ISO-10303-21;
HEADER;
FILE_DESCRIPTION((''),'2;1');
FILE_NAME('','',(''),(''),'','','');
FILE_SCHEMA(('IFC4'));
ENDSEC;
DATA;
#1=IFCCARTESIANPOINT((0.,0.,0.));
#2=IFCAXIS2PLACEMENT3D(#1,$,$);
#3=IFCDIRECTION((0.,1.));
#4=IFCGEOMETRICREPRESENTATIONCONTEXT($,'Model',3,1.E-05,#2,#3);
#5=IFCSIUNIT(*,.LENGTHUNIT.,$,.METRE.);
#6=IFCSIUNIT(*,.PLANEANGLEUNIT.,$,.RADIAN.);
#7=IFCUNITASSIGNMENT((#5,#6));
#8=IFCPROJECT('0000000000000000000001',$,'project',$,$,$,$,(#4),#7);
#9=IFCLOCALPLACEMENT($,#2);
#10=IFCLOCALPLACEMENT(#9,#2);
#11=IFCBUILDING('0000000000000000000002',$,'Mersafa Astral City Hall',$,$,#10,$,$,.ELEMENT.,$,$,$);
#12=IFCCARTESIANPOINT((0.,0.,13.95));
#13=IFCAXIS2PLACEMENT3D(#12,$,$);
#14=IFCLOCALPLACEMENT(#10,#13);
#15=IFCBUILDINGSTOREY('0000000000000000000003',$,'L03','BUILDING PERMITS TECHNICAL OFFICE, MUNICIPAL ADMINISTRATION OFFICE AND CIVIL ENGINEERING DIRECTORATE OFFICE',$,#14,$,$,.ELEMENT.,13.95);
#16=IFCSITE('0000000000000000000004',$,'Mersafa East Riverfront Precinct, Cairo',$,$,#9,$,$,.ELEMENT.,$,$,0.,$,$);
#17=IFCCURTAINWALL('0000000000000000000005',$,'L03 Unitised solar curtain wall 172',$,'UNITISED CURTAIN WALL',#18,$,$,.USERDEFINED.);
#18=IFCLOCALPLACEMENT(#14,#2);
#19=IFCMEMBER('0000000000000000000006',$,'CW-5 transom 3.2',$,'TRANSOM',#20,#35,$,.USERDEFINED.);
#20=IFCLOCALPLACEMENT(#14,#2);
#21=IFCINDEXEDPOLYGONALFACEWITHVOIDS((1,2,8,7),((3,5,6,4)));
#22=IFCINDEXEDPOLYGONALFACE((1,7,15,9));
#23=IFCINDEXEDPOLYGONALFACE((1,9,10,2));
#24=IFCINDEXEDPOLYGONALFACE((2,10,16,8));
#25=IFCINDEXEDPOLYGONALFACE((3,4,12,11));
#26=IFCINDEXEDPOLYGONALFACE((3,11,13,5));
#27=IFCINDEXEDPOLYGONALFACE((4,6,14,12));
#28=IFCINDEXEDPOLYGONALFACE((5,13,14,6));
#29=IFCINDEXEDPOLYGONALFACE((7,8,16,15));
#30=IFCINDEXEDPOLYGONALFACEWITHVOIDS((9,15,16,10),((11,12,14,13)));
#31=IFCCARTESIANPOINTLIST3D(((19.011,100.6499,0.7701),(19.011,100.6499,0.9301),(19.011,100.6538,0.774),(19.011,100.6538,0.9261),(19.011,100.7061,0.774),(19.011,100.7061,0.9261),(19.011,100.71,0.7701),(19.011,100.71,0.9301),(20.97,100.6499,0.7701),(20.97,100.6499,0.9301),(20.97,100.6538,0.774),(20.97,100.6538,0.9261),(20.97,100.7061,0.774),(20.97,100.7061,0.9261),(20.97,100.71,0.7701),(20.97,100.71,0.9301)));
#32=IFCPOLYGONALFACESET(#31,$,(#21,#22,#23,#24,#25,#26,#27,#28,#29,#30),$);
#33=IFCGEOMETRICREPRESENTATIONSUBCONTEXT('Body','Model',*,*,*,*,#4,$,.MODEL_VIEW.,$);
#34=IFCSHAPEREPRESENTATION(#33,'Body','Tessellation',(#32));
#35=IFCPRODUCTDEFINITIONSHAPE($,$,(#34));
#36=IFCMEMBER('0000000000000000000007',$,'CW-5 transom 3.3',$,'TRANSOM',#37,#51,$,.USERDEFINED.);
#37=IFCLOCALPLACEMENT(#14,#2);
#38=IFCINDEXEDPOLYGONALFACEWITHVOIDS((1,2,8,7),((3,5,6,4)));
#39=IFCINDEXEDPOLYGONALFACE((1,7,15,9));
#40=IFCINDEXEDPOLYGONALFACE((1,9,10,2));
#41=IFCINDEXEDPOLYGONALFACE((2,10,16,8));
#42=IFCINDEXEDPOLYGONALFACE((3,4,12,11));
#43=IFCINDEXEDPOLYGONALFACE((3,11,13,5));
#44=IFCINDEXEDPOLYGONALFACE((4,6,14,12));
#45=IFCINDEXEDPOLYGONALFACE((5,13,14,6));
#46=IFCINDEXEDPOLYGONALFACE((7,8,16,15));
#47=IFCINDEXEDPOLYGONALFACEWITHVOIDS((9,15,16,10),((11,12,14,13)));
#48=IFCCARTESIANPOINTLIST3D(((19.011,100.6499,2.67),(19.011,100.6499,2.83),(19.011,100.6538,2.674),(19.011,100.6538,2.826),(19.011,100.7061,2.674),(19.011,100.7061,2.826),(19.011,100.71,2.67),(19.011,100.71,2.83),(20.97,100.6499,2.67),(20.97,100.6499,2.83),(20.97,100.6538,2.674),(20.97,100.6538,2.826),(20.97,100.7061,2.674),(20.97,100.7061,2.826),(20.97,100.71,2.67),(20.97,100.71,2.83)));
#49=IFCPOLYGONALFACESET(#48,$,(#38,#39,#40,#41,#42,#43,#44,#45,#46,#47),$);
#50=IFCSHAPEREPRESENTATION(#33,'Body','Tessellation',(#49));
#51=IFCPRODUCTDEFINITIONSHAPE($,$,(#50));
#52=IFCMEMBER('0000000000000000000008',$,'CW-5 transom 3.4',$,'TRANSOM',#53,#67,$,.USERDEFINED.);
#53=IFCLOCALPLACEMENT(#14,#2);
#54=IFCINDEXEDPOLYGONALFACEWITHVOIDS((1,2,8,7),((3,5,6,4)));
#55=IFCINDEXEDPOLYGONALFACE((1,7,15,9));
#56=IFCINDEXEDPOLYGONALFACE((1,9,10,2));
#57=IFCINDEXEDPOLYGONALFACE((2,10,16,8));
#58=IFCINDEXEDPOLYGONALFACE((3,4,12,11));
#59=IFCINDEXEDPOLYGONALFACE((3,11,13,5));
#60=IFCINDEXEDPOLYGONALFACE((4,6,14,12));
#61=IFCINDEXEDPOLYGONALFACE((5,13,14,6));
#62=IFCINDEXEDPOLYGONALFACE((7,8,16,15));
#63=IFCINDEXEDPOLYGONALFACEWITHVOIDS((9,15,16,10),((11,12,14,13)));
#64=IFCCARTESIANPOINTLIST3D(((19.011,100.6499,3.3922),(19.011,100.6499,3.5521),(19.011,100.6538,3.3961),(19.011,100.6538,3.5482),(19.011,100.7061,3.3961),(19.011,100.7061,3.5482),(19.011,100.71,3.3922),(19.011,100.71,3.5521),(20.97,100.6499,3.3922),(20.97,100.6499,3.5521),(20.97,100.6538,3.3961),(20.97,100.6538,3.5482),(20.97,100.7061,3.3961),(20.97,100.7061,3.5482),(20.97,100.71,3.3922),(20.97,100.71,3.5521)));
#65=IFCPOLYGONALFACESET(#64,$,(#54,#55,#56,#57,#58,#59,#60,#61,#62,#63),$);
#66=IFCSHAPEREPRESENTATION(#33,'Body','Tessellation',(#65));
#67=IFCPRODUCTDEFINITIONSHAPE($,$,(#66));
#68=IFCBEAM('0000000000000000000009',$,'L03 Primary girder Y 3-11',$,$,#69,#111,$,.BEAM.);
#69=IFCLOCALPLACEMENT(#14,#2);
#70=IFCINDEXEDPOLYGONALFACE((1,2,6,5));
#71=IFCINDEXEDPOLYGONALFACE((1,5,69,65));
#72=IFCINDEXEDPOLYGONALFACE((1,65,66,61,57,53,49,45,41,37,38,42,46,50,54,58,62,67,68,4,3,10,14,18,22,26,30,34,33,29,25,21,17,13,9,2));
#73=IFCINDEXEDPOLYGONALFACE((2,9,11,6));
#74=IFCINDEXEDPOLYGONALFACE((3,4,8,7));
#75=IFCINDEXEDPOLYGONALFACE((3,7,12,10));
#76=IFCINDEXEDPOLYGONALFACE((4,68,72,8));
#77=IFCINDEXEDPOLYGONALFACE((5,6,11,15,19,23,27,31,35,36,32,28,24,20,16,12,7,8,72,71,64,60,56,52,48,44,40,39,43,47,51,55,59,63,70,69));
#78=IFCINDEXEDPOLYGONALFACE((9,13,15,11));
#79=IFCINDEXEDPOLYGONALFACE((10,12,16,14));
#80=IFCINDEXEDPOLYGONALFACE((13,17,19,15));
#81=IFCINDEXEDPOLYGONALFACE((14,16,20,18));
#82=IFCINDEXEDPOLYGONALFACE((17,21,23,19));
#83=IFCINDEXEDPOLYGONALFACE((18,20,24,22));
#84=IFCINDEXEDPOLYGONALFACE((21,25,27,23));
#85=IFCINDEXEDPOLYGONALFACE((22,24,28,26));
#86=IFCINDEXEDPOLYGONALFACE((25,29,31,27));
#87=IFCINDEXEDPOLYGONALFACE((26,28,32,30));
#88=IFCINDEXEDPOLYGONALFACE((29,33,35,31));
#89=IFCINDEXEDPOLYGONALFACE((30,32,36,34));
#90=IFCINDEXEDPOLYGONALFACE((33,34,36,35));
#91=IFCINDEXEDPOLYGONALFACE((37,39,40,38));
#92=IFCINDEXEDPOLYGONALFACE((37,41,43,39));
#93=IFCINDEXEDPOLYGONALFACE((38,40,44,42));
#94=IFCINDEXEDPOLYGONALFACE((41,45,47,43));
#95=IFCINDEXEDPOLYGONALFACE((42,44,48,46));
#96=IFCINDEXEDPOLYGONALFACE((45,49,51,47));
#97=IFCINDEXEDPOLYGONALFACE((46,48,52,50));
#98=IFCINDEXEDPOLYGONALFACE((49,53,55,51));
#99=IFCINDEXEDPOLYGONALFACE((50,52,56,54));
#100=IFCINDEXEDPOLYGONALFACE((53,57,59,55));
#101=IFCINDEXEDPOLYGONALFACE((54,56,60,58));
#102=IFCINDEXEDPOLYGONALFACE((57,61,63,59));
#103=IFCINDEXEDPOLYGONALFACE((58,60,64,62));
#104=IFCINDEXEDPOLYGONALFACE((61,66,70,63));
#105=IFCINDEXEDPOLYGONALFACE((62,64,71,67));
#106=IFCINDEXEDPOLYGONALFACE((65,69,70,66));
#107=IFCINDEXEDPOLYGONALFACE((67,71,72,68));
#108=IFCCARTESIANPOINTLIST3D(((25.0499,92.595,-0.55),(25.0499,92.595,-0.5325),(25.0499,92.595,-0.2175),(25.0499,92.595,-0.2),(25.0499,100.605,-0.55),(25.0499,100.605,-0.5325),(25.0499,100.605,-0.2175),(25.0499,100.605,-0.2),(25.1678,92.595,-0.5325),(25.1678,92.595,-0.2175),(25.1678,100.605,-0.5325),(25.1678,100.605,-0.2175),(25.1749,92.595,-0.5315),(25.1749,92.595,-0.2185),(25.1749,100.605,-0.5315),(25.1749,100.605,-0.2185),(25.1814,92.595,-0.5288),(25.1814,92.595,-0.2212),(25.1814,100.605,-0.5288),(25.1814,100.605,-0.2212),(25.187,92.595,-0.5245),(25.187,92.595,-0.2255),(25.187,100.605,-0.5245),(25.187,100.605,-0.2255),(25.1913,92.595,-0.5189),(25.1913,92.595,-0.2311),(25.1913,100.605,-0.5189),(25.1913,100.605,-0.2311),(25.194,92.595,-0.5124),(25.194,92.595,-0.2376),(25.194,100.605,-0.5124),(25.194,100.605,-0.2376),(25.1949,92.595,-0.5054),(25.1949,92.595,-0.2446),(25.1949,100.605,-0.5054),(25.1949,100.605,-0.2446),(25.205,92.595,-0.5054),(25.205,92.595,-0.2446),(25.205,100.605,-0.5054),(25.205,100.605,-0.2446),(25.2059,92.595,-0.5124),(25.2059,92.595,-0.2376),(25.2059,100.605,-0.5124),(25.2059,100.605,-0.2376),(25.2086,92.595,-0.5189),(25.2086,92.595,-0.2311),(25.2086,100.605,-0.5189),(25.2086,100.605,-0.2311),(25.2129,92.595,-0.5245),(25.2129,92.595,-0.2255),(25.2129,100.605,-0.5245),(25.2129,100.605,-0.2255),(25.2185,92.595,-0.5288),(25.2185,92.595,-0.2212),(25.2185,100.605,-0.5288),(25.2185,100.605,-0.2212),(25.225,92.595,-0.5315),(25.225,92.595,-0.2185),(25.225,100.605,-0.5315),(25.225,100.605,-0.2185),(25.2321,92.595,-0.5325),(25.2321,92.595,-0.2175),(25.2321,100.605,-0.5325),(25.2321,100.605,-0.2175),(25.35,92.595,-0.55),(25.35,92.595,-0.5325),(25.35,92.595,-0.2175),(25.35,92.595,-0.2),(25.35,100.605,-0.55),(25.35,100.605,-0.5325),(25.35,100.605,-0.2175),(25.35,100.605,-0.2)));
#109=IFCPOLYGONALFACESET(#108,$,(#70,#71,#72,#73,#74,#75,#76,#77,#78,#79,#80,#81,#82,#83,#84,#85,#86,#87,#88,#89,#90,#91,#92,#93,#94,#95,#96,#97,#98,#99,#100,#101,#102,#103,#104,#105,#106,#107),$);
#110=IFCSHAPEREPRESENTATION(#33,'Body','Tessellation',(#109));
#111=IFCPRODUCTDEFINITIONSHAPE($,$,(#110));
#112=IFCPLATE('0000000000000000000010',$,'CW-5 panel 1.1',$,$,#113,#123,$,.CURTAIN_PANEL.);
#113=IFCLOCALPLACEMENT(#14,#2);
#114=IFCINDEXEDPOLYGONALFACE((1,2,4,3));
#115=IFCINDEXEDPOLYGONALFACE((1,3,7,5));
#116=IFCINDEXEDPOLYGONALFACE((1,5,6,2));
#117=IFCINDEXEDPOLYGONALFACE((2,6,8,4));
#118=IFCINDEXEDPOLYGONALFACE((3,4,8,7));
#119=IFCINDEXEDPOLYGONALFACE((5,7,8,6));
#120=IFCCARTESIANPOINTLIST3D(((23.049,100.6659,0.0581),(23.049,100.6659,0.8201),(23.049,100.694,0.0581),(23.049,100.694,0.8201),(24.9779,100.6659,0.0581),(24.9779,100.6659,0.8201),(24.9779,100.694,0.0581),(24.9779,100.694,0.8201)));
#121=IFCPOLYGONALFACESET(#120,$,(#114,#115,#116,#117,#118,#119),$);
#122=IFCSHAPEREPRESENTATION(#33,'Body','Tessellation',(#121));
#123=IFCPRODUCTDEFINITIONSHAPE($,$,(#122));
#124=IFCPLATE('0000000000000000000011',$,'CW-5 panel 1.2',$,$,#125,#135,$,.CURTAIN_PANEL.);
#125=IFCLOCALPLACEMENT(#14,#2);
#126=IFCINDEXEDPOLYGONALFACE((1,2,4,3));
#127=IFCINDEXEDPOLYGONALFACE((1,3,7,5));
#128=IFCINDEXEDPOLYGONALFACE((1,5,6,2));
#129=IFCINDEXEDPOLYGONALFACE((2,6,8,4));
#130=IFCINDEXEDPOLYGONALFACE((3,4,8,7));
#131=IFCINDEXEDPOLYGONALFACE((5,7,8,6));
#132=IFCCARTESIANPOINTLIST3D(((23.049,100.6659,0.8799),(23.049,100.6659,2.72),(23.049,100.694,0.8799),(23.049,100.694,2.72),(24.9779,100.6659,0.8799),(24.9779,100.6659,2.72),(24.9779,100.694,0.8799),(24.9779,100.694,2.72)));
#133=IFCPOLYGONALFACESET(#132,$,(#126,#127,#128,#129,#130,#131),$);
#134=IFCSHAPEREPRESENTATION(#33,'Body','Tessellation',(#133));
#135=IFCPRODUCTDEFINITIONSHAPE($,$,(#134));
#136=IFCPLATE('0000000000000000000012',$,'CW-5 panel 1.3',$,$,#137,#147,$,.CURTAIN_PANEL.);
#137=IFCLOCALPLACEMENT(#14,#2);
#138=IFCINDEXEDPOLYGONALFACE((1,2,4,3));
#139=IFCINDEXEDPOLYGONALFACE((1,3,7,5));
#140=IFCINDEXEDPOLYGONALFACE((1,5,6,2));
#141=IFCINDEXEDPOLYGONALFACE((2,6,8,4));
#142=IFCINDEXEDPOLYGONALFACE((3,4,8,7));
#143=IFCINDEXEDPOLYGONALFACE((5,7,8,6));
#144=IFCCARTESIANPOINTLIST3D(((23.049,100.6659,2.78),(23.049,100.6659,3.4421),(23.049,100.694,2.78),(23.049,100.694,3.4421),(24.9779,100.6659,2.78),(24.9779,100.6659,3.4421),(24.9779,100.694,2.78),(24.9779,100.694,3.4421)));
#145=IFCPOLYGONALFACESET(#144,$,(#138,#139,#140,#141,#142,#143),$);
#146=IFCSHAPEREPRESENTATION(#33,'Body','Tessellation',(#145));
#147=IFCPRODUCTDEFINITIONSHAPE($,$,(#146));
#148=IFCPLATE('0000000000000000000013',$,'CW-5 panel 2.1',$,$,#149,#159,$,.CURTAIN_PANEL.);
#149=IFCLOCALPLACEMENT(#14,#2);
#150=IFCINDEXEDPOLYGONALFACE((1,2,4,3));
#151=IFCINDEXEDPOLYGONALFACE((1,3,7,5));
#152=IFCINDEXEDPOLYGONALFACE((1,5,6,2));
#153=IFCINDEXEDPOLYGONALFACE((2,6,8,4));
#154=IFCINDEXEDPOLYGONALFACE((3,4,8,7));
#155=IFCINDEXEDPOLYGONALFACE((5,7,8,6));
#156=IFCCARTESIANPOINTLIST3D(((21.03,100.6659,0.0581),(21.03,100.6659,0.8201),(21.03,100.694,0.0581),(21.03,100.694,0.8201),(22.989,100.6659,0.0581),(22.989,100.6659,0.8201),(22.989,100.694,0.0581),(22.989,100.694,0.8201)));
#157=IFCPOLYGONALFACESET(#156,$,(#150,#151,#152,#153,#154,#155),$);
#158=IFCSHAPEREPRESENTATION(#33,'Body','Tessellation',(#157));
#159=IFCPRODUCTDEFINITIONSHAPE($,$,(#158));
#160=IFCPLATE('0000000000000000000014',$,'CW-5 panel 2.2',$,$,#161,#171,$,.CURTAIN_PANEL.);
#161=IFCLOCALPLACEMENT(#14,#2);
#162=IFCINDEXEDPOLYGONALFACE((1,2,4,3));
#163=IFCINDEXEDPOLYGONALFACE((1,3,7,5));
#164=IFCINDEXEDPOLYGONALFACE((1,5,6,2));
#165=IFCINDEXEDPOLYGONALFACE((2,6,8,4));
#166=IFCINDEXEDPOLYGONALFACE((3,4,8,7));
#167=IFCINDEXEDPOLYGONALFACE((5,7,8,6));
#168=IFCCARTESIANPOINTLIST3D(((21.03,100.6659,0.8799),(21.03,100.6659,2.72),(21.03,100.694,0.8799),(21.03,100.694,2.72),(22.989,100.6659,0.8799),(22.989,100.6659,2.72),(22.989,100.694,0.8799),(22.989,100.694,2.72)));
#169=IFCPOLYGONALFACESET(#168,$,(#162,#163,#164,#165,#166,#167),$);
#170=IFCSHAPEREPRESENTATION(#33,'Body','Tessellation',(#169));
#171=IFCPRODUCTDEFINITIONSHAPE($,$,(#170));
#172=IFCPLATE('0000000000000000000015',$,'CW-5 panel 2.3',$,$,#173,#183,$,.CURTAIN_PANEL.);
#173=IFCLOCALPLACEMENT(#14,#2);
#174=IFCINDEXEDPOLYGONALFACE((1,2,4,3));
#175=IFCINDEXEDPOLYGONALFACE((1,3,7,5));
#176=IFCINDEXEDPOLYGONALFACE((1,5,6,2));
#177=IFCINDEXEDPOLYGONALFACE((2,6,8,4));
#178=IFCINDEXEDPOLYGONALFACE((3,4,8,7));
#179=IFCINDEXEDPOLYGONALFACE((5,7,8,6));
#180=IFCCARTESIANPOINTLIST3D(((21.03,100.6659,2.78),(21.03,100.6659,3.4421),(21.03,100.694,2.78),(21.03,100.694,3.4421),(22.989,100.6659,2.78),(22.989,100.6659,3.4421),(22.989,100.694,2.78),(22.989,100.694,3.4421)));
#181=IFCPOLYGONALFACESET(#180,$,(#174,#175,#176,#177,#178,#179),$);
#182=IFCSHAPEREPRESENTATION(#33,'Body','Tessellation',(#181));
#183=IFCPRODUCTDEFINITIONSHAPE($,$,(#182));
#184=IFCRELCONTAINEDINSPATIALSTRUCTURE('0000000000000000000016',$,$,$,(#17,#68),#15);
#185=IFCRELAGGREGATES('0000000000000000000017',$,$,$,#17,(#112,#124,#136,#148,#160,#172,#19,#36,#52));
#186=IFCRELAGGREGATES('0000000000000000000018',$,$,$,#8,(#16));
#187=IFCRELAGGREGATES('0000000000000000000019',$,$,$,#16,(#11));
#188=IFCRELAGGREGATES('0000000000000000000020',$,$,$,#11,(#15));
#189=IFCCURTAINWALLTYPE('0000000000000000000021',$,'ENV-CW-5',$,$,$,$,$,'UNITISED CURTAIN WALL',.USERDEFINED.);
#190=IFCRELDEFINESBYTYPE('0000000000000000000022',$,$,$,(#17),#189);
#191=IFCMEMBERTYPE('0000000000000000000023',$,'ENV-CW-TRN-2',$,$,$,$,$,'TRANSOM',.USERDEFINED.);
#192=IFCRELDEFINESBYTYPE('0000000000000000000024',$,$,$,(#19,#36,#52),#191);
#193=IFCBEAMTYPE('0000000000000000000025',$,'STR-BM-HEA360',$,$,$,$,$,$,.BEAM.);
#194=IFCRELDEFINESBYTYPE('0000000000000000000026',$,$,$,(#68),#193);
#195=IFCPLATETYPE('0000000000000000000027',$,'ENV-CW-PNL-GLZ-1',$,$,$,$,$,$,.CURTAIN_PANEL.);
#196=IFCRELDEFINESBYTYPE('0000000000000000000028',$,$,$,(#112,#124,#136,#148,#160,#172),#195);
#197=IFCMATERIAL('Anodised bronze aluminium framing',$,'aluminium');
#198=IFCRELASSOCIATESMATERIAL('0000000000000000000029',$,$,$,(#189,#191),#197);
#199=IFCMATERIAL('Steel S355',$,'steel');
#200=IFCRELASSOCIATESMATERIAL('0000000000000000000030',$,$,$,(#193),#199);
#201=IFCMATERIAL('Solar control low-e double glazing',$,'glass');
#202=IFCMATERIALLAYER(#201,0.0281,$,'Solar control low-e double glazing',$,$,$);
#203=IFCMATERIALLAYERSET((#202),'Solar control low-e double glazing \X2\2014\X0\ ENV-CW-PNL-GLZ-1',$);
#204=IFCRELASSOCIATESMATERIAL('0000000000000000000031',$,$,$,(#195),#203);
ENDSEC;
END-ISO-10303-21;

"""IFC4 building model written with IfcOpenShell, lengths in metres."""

from ifc_helpers import new_model, si_unit, direction, frame, origin, origin_2d, place, context, subcontext, project, spatial, rectangle, hollow_rectangle, i_section, extrude, material, layer, layer_set, material_profile, profile_set, type_object, element, aggregate, save


model = new_model("IFC4")

# Units and contexts
model_context = context("Model", 3, precision=1e-05, world=origin(), true_north=direction((0.0, 1.0)))
body_context = subcontext(model_context, "Body", "Model", "MODEL_VIEW")
ifc_project = project(units=[si_unit("LENGTHUNIT", "METRE"), si_unit("PLANEANGLEUNIT", "RADIAN")], contexts=[model_context])

# Site, building, storey
site_placement = place(None, origin())
site = spatial("IfcSite", under=ifc_project, at=site_placement, Name="Mersafa East Riverfront Precinct, Cairo", CompositionType="ELEMENT", RefElevation=0.0)
building_placement = place(site_placement, origin())
building = spatial("IfcBuilding", under=site, at=building_placement, Name="Mersafa Astral City Hall", CompositionType="ELEMENT")
storey_placement = place(building_placement, frame((0.0, 0.0, 13.95)))
storey = spatial("IfcBuildingStorey", under=building, at=storey_placement, Name="L03", Description="BUILDING PERMITS TECHNICAL OFFICE, MUNICIPAL ADMINISTRATION OFFICE AND CIVIL ENGINEERING DIRECTORATE OFFICE", CompositionType="ELEMENT", Elevation=13.95)

# Curtain wall, members
ifc_material_1 = material(Name="Anodised bronze aluminium framing", Category="aluminium")
curtain_wall_type = type_object("IfcCurtainWallType", Name="ENV-CW-5", ElementType="UNITISED CURTAIN WALL", PredefinedType="USERDEFINED", material=ifc_material_1)
curtain_wall_placement = place(storey_placement, origin())
curtain_wall = element("IfcCurtainWall", 1, at=curtain_wall_placement, inside=storey, type_object=curtain_wall_type, Name="L03 Unitised solar curtain wall 172", ObjectType="UNITISED CURTAIN WALL", PredefinedType="USERDEFINED")
ifc_material_profile_1 = material_profile(ifc_material_1, hollow_rectangle(XDim=0.0601, YDim=0.1599, WallThickness=0.0039, at=origin_2d()), Name="RHS 60x160x4")
ifc_profile_set_1 = profile_set([ifc_material_profile_1], Name="Anodised bronze aluminium framing")
member_type_1 = type_object("IfcMemberType", Name="ENV-CW-TRN-2", ElementType="TRANSOM", PredefinedType="USERDEFINED", material=ifc_profile_set_1)
member_1_placement = place(storey_placement, frame((20.97, 100.6799, 0.8501), z_axis=(-1.0, 0.0, 0.0), x_axis=(0.0, -1.0, 0.0)))
member_1 = element("IfcMember", 2, at=member_1_placement, type_object=member_type_1, Name="CW-5 transom 3.2", ObjectType="TRANSOM", PredefinedType="USERDEFINED", context=body_context, shape_type="SweptSolid", body=[
    extrude(hollow_rectangle(XDim=0.0601, YDim=0.1599, WallThickness=0.0039, at=origin_2d()), origin(), (0.0, 0.0, 1.0), 1.959),
])
member_2_placement = place(storey_placement, frame((20.97, 100.6799, 2.75), z_axis=(-1.0, 0.0, 0.0), x_axis=(0.0, -1.0, 0.0)))
member_2 = element("IfcMember", 3, at=member_2_placement, type_object=member_type_1, Name="CW-5 transom 3.3", ObjectType="TRANSOM", PredefinedType="USERDEFINED", context=body_context, shape_type="SweptSolid", body=[
    extrude(hollow_rectangle(XDim=0.0601, YDim=0.1599, WallThickness=0.0039, at=origin_2d()), origin(), (0.0, 0.0, 1.0), 1.959),
])
member_3_placement = place(storey_placement, frame((20.97, 100.6799, 3.4722), z_axis=(-1.0, 0.0, 0.0), x_axis=(0.0, -1.0, 0.0)))
member_3 = element("IfcMember", 4, at=member_3_placement, type_object=member_type_1, Name="CW-5 transom 3.4", ObjectType="TRANSOM", PredefinedType="USERDEFINED", context=body_context, shape_type="SweptSolid", body=[
    extrude(hollow_rectangle(XDim=0.0601, YDim=0.1599, WallThickness=0.0039, at=origin_2d()), origin(), (0.0, 0.0, 1.0), 1.959),
])

# Beam
ifc_material_2 = material(Name="Steel S355", Category="steel")
ifc_material_profile_2 = material_profile(ifc_material_2, i_section(OverallWidth=0.3, OverallDepth=0.3501, WebThickness=0.01, FlangeThickness=0.0176, FilletRadius=0.0271, at=origin_2d()), Name="HEA 360")
ifc_profile_set_2 = profile_set([ifc_material_profile_2], Name="Steel S355")
beam_type = type_object("IfcBeamType", Name="STR-BM-HEA360", PredefinedType="BEAM", material=ifc_profile_set_2)
beam_placement = place(storey_placement, frame((25.2, 92.595, -0.375), z_axis=(0.0, 1.0, 0.0), x_axis=(-1.0, 0.0, 0.0)))
element("IfcBeam", 5, at=beam_placement, inside=storey, type_object=beam_type, Name="L03 Primary girder Y 3-11", PredefinedType="BEAM", context=body_context, shape_type="SweptSolid", body=[
    extrude(i_section(OverallWidth=0.3, OverallDepth=0.3501, WebThickness=0.01, FlangeThickness=0.0176, FilletRadius=0.0271, at=origin_2d()), origin(), (0.0, 0.0, 1.0), 8.01),
])

# Plates
ifc_material_3 = material(Name="Solar control low-e double glazing", Category="glass")
ifc_layer = layer(ifc_material_3, 0.0281, Name="Solar control low-e double glazing")
ifc_layer_set = layer_set([ifc_layer], Name="Solar control low-e double glazing — ENV-CW-PNL-GLZ-1")
plate_type = type_object("IfcPlateType", Name="ENV-CW-PNL-GLZ-1", PredefinedType="CURTAIN_PANEL", material=ifc_layer_set)
plate_1_placement = place(storey_placement, frame((24.0134, 100.6799, 0.0581), z_axis=(0.0, 0.0, 1.0), x_axis=(-1.0, 0.0, 0.0)))
plate_1 = element("IfcPlate", 6, at=plate_1_placement, type_object=plate_type, Name="CW-5 panel 1.1", PredefinedType="CURTAIN_PANEL", context=body_context, shape_type="SweptSolid", body=[
    extrude(rectangle(XDim=1.929, YDim=0.0281, at=origin_2d()), origin(), (0.0, 0.0, 1.0), 0.762),
])
plate_2_placement = place(storey_placement, frame((24.0134, 100.6799, 0.8799), z_axis=(0.0, 0.0, 1.0), x_axis=(-1.0, 0.0, 0.0)))
plate_2 = element("IfcPlate", 7, at=plate_2_placement, type_object=plate_type, Name="CW-5 panel 1.2", PredefinedType="CURTAIN_PANEL", context=body_context, shape_type="SweptSolid", body=[
    extrude(rectangle(XDim=1.929, YDim=0.0281, at=origin_2d()), origin(), (0.0, 0.0, 1.0), 1.8401),
])
plate_3_placement = place(storey_placement, frame((24.0134, 100.6799, 2.78), z_axis=(0.0, 0.0, 1.0), x_axis=(-1.0, 0.0, 0.0)))
plate_3 = element("IfcPlate", 8, at=plate_3_placement, type_object=plate_type, Name="CW-5 panel 1.3", PredefinedType="CURTAIN_PANEL", context=body_context, shape_type="SweptSolid", body=[
    extrude(rectangle(XDim=1.929, YDim=0.0281, at=origin_2d()), origin(), (0.0, 0.0, 1.0), 0.6621),
])
plate_4_placement = place(storey_placement, frame((22.0095, 100.6799, 0.0581), z_axis=(0.0, 0.0, 1.0), x_axis=(-1.0, 0.0, 0.0)))
plate_4 = element("IfcPlate", 9, at=plate_4_placement, type_object=plate_type, Name="CW-5 panel 2.1", PredefinedType="CURTAIN_PANEL", context=body_context, shape_type="SweptSolid", body=[
    extrude(rectangle(XDim=1.959, YDim=0.0281, at=origin_2d()), origin(), (0.0, 0.0, 1.0), 0.762),
])
plate_5_placement = place(storey_placement, frame((22.0095, 100.6799, 0.8799), z_axis=(0.0, 0.0, 1.0), x_axis=(-1.0, 0.0, 0.0)))
plate_5 = element("IfcPlate", 10, at=plate_5_placement, type_object=plate_type, Name="CW-5 panel 2.2", PredefinedType="CURTAIN_PANEL", context=body_context, shape_type="SweptSolid", body=[
    extrude(rectangle(XDim=1.959, YDim=0.0281, at=origin_2d()), origin(), (0.0, 0.0, 1.0), 1.8401),
])
plate_6_placement = place(storey_placement, frame((22.0095, 100.6799, 2.78), z_axis=(0.0, 0.0, 1.0), x_axis=(-1.0, 0.0, 0.0)))
plate_6 = element("IfcPlate", 11, at=plate_6_placement, type_object=plate_type, Name="CW-5 panel 2.3", PredefinedType="CURTAIN_PANEL", context=body_context, shape_type="SweptSolid", body=[
    extrude(rectangle(XDim=1.959, YDim=0.0281, at=origin_2d()), origin(), (0.0, 0.0, 1.0), 0.6621),
])
aggregate(curtain_wall, [plate_1, plate_2, plate_3, plate_4, plate_5, plate_6, member_1, member_2, member_3])

save(model, "model.ifc")
